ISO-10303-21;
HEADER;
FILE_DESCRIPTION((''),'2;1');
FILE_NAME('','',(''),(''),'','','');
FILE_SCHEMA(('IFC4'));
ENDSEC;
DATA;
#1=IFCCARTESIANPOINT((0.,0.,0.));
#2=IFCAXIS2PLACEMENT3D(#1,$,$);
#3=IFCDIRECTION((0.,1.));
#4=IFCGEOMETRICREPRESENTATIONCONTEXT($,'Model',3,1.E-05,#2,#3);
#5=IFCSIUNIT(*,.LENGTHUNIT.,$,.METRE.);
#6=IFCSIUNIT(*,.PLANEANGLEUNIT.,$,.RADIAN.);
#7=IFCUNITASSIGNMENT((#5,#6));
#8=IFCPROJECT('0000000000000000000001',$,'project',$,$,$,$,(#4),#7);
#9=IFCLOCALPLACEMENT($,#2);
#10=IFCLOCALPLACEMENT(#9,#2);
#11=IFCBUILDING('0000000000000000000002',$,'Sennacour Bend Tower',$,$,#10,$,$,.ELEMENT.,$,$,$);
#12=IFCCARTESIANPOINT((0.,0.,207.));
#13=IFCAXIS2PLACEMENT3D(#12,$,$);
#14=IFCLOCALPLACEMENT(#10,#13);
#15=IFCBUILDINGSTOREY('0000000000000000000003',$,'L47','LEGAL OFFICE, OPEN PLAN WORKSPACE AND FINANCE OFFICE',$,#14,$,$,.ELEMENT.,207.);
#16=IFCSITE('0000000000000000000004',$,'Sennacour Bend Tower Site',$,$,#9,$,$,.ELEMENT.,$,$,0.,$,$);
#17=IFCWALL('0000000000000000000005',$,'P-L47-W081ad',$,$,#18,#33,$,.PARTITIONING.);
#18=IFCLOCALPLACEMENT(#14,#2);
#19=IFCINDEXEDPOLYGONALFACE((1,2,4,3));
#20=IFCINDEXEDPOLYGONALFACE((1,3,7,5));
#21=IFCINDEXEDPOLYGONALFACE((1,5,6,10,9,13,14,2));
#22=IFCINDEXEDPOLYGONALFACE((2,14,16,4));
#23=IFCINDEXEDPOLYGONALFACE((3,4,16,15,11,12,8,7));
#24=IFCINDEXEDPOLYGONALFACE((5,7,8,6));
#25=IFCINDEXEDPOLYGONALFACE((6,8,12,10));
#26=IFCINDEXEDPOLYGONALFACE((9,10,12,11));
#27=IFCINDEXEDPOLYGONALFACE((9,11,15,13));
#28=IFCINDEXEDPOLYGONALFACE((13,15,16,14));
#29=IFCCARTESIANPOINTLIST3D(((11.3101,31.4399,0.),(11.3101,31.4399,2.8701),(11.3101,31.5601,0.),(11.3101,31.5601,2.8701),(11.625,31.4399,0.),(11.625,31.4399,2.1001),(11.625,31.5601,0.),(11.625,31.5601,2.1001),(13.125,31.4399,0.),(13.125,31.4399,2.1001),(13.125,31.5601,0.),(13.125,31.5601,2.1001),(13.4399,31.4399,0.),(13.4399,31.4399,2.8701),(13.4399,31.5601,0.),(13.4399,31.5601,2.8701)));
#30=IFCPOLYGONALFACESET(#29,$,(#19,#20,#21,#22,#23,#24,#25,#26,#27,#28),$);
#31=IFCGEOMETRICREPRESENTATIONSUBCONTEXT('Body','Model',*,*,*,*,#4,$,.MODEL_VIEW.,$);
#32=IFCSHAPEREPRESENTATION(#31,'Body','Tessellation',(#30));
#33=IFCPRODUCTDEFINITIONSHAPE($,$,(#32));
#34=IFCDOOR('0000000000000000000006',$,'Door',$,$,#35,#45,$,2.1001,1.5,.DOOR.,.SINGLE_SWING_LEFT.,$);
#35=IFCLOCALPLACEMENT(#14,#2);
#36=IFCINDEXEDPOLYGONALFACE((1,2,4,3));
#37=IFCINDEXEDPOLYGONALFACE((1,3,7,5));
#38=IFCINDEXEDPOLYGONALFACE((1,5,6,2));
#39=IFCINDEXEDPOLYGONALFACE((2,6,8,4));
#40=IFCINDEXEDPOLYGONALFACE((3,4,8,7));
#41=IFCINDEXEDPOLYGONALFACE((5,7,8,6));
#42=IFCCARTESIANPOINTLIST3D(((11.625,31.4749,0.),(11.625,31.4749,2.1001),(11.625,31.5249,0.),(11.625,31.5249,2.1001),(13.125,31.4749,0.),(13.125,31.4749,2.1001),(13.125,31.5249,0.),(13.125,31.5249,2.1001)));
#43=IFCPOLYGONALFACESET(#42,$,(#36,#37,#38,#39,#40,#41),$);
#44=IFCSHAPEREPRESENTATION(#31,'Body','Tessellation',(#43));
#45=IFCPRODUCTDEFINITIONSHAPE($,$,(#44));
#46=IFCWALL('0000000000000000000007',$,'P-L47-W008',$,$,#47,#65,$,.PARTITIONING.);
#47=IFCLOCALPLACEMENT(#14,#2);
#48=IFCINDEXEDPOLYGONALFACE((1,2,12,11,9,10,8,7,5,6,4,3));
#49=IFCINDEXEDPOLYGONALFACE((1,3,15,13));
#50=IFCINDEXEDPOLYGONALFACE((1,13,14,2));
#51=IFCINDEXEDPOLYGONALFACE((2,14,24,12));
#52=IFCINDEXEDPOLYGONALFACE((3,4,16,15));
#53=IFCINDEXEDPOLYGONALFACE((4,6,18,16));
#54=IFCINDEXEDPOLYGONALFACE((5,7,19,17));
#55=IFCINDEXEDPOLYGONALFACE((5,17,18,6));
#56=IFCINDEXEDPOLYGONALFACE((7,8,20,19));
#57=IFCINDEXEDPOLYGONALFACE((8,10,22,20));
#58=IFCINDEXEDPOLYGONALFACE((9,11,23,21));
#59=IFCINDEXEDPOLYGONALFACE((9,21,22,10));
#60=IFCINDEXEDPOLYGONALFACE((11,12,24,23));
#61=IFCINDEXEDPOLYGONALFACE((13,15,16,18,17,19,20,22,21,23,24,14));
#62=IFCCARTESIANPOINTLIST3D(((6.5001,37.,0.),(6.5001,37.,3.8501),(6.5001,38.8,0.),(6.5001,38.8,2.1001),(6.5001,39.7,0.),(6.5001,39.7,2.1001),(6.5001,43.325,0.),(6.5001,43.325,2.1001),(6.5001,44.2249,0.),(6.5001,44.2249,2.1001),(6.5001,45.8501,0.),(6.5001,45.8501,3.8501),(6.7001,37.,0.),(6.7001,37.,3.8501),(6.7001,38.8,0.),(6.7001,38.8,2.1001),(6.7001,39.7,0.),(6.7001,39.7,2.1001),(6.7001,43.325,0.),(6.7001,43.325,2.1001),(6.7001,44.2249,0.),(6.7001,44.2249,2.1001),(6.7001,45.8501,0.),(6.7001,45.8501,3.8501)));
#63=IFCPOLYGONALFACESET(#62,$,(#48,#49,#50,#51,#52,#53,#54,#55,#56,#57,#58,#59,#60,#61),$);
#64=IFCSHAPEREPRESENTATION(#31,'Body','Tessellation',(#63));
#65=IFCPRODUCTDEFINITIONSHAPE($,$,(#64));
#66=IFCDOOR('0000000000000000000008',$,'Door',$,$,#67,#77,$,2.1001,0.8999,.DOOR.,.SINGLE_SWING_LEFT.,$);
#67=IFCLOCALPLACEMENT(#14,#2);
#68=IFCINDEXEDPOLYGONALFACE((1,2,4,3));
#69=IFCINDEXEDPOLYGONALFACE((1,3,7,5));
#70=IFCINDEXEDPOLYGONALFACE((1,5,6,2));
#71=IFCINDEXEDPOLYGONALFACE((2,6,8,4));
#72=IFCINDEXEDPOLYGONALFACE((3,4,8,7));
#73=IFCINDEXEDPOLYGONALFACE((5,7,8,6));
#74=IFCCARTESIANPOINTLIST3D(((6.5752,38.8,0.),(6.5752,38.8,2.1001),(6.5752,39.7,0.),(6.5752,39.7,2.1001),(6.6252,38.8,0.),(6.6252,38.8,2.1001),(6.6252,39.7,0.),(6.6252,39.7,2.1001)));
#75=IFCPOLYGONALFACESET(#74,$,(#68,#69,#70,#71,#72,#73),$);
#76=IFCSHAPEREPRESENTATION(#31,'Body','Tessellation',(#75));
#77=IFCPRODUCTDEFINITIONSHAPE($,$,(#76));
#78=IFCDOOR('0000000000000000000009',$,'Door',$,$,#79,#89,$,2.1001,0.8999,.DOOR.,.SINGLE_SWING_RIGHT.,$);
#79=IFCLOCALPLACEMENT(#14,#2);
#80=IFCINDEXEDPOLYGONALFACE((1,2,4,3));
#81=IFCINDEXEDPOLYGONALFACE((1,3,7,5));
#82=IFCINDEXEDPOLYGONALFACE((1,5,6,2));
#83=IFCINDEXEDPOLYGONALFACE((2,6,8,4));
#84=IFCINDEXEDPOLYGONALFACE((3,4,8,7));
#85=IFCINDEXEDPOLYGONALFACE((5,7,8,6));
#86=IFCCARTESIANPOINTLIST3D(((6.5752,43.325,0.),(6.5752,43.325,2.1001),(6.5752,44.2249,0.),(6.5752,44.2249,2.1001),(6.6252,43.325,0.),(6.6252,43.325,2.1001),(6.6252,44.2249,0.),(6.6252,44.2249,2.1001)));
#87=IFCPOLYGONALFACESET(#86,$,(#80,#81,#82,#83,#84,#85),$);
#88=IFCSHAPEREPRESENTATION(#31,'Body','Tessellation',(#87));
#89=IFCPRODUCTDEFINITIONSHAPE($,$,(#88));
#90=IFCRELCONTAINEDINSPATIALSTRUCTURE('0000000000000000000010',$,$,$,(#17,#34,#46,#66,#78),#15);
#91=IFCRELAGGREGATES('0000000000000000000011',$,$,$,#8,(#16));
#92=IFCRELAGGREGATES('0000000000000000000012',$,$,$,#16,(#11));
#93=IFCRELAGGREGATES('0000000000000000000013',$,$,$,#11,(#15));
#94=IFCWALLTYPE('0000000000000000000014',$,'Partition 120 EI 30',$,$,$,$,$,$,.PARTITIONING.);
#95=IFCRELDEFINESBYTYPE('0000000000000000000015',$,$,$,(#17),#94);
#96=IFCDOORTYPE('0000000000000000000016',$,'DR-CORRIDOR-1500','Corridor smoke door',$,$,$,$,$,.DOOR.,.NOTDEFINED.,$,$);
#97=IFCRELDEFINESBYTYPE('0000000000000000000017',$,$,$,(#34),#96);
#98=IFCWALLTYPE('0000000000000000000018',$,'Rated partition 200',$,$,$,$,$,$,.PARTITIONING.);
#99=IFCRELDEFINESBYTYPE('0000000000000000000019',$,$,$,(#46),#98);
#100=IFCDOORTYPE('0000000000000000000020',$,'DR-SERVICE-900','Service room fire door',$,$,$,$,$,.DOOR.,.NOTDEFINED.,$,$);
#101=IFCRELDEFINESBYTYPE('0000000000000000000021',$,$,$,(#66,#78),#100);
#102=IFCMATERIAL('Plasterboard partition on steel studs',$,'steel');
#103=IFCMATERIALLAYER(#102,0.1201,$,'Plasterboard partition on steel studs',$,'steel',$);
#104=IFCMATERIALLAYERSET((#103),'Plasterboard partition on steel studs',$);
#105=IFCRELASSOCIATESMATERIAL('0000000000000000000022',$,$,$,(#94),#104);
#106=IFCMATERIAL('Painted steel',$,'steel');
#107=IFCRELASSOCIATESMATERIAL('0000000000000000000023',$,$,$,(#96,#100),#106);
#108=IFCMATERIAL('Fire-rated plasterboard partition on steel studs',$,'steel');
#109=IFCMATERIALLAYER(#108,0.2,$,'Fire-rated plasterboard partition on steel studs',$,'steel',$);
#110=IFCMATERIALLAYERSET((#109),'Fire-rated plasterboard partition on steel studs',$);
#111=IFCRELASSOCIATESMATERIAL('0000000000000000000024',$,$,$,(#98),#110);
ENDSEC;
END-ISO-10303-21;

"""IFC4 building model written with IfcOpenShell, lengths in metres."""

from ifc_helpers import new_model, si_unit, direction, frame, frame_2d, origin, place, context, subcontext, project, spatial, rectangle, extrude, material, layer, layer_set, type_object, element, fill, save


model = new_model("IFC4")

# Units and contexts
model_context = context("Model", 3, precision=1e-05, world=origin(), true_north=direction((0.0, 1.0)))
body_context = subcontext(model_context, "Body", "Model", "MODEL_VIEW")
ifc_project = project(units=[si_unit("LENGTHUNIT", "METRE"), si_unit("PLANEANGLEUNIT", "RADIAN")], contexts=[model_context])

# Site, building, storey
site_placement = place(None, origin())
site = spatial("IfcSite", under=ifc_project, at=site_placement, Name="Sennacour Bend Tower Site", CompositionType="ELEMENT", RefElevation=0.0)
building_placement = place(site_placement, origin())
building = spatial("IfcBuilding", under=site, at=building_placement, Name="Sennacour Bend Tower", CompositionType="ELEMENT")
storey_placement = place(building_placement, frame((0.0, 0.0, 207.0)))
storey = spatial("IfcBuildingStorey", under=building, at=storey_placement, Name="L47", Description="LEGAL OFFICE, OPEN PLAN WORKSPACE AND FINANCE OFFICE", CompositionType="ELEMENT", Elevation=207.0)

# Shared definitions
ifc_material_1 = material(Name="Plasterboard partition on steel studs", Category="steel")

# Wall, opening, door
ifc_layer_1 = layer(ifc_material_1, 0.1201, Name="Plasterboard partition on steel studs", Category="steel")
ifc_layer_set_1 = layer_set([ifc_layer_1], Name="Plasterboard partition on steel studs")
wall_type_1 = type_object("IfcWallType", Name="Partition 120 EI 30", PredefinedType="PARTITIONING", material=ifc_layer_set_1)
wall_1_placement = place(storey_placement, frame((11.3101, 31.5, 0.0), z_axis=(0.0, 0.0, 1.0), x_axis=(1.0, 0.0, 0.0)))
wall_1 = element("IfcWall", 1, at=wall_1_placement, inside=storey, type_object=wall_type_1, Name="P-L47-W081ad", PredefinedType="PARTITIONING", context=body_context, shape_type="SweptSolid", body=[
    extrude(rectangle(XDim=2.1299, YDim=0.1201, at=frame_2d((1.0649, 0.0))), origin(), (0.0, 0.0, 1.0), 2.8701),
])
opening_1_placement = place(wall_1_placement, frame((0.3149, 0.0, 0.0)))
opening_1 = element("IfcOpeningElement", 2, at=opening_1_placement, cuts=wall_1, PredefinedType="OPENING", context=body_context, shape_type="SweptSolid", body=[
    extrude(rectangle(XDim=1.5, YDim=2.1001, at=frame_2d((0.75, 1.05))), frame((0.0, 0.0701, 0.0), z_axis=(0.0, -1.0, 0.0), x_axis=(1.0, 0.0, 0.0)), (0.0, 0.0, 1.0), 0.1401),
])
ifc_material_2 = material(Name="Painted steel", Category="steel")
door_type_1 = type_object("IfcDoorType", Name="DR-CORRIDOR-1500", Description="Corridor smoke door", OperationType="NOTDEFINED", PredefinedType="DOOR", material=ifc_material_2)
door_1_placement = place(opening_1_placement, origin())
door_1 = element("IfcDoor", 3, at=door_1_placement, inside=storey, type_object=door_type_1, Name="Door", OperationType="SINGLE_SWING_LEFT", OverallHeight=2.1001, OverallWidth=1.5, PredefinedType="DOOR", context=body_context, shape_type="SweptSolid", body=[
    extrude(rectangle(XDim=1.5, YDim=2.1001, at=frame_2d((0.75, 1.05))), frame((0.0, 0.0249, 0.0), z_axis=(0.0, -1.0, 0.0), x_axis=(1.0, 0.0, 0.0)), (0.0, 0.0, 1.0), 0.05),
])
fill(opening_1, door_1)

# Wall, openings, doors
ifc_material_3 = material(Name="Fire-rated plasterboard partition on steel studs", Category="steel")
ifc_layer_2 = layer(ifc_material_3, 0.2, Name="Fire-rated plasterboard partition on steel studs", Category="steel")
ifc_layer_set_2 = layer_set([ifc_layer_2], Name="Fire-rated plasterboard partition on steel studs")
wall_type_2 = type_object("IfcWallType", Name="Rated partition 200", PredefinedType="PARTITIONING", material=ifc_layer_set_2)
wall_2_placement = place(storey_placement, frame((6.6001, 37.0, 0.0), z_axis=(0.0, 0.0, 1.0), x_axis=(0.0, 1.0, 0.0)))
wall_2 = element("IfcWall", 4, at=wall_2_placement, inside=storey, type_object=wall_type_2, Name="P-L47-W008", PredefinedType="PARTITIONING", context=body_context, shape_type="SweptSolid", body=[
    extrude(rectangle(XDim=8.8501, YDim=0.2, at=frame_2d((4.425, 0.0))), origin(), (0.0, 0.0, 1.0), 3.8501),
])
opening_2_placement = place(wall_2_placement, frame((1.8, 0.0, 0.0)))
opening_2 = element("IfcOpeningElement", 5, at=opening_2_placement, cuts=wall_2, PredefinedType="OPENING", context=body_context, shape_type="SweptSolid", body=[
    extrude(rectangle(XDim=0.8999, YDim=2.1001, at=frame_2d((0.45, 1.05))), frame((0.0, 0.1099, 0.0), z_axis=(0.0, -1.0, 0.0), x_axis=(1.0, 0.0, 0.0)), (0.0, 0.0, 1.0), 0.22),
])
opening_3_placement = place(wall_2_placement, frame((6.325, 0.0, 0.0)))
opening_3 = element("IfcOpeningElement", 6, at=opening_3_placement, cuts=wall_2, PredefinedType="OPENING", context=body_context, shape_type="SweptSolid", body=[
    extrude(rectangle(XDim=0.8999, YDim=2.1001, at=frame_2d((0.45, 1.05))), frame((0.0, 0.1099, 0.0), z_axis=(0.0, -1.0, 0.0), x_axis=(1.0, 0.0, 0.0)), (0.0, 0.0, 1.0), 0.22),
])
door_type_2 = type_object("IfcDoorType", Name="DR-SERVICE-900", Description="Service room fire door", OperationType="NOTDEFINED", PredefinedType="DOOR", material=ifc_material_2)
door_2_placement = place(opening_2_placement, origin())
door_2 = element("IfcDoor", 7, at=door_2_placement, inside=storey, type_object=door_type_2, Name="Door", OperationType="SINGLE_SWING_LEFT", OverallHeight=2.1001, OverallWidth=0.8999, PredefinedType="DOOR", context=body_context, shape_type="SweptSolid", body=[
    extrude(rectangle(XDim=0.8999, YDim=2.1001, at=frame_2d((0.45, 1.05))), frame((0.0, 0.0249, 0.0), z_axis=(0.0, -1.0, 0.0), x_axis=(1.0, 0.0, 0.0)), (0.0, 0.0, 1.0), 0.05),
])
fill(opening_2, door_2)
door_3_placement = place(opening_3_placement, origin())
door_3 = element("IfcDoor", 8, at=door_3_placement, inside=storey, type_object=door_type_2, Name="Door", OperationType="SINGLE_SWING_RIGHT", OverallHeight=2.1001, OverallWidth=0.8999, PredefinedType="DOOR", context=body_context, shape_type="SweptSolid", body=[
    extrude(rectangle(XDim=0.8999, YDim=2.1001, at=frame_2d((0.45, 1.05))), frame((0.0, 0.0249, 0.0), z_axis=(0.0, -1.0, 0.0), x_axis=(1.0, 0.0, 0.0)), (0.0, 0.0, 1.0), 0.05),
])
fill(opening_3, door_3)

save(model, "model.ifc")
